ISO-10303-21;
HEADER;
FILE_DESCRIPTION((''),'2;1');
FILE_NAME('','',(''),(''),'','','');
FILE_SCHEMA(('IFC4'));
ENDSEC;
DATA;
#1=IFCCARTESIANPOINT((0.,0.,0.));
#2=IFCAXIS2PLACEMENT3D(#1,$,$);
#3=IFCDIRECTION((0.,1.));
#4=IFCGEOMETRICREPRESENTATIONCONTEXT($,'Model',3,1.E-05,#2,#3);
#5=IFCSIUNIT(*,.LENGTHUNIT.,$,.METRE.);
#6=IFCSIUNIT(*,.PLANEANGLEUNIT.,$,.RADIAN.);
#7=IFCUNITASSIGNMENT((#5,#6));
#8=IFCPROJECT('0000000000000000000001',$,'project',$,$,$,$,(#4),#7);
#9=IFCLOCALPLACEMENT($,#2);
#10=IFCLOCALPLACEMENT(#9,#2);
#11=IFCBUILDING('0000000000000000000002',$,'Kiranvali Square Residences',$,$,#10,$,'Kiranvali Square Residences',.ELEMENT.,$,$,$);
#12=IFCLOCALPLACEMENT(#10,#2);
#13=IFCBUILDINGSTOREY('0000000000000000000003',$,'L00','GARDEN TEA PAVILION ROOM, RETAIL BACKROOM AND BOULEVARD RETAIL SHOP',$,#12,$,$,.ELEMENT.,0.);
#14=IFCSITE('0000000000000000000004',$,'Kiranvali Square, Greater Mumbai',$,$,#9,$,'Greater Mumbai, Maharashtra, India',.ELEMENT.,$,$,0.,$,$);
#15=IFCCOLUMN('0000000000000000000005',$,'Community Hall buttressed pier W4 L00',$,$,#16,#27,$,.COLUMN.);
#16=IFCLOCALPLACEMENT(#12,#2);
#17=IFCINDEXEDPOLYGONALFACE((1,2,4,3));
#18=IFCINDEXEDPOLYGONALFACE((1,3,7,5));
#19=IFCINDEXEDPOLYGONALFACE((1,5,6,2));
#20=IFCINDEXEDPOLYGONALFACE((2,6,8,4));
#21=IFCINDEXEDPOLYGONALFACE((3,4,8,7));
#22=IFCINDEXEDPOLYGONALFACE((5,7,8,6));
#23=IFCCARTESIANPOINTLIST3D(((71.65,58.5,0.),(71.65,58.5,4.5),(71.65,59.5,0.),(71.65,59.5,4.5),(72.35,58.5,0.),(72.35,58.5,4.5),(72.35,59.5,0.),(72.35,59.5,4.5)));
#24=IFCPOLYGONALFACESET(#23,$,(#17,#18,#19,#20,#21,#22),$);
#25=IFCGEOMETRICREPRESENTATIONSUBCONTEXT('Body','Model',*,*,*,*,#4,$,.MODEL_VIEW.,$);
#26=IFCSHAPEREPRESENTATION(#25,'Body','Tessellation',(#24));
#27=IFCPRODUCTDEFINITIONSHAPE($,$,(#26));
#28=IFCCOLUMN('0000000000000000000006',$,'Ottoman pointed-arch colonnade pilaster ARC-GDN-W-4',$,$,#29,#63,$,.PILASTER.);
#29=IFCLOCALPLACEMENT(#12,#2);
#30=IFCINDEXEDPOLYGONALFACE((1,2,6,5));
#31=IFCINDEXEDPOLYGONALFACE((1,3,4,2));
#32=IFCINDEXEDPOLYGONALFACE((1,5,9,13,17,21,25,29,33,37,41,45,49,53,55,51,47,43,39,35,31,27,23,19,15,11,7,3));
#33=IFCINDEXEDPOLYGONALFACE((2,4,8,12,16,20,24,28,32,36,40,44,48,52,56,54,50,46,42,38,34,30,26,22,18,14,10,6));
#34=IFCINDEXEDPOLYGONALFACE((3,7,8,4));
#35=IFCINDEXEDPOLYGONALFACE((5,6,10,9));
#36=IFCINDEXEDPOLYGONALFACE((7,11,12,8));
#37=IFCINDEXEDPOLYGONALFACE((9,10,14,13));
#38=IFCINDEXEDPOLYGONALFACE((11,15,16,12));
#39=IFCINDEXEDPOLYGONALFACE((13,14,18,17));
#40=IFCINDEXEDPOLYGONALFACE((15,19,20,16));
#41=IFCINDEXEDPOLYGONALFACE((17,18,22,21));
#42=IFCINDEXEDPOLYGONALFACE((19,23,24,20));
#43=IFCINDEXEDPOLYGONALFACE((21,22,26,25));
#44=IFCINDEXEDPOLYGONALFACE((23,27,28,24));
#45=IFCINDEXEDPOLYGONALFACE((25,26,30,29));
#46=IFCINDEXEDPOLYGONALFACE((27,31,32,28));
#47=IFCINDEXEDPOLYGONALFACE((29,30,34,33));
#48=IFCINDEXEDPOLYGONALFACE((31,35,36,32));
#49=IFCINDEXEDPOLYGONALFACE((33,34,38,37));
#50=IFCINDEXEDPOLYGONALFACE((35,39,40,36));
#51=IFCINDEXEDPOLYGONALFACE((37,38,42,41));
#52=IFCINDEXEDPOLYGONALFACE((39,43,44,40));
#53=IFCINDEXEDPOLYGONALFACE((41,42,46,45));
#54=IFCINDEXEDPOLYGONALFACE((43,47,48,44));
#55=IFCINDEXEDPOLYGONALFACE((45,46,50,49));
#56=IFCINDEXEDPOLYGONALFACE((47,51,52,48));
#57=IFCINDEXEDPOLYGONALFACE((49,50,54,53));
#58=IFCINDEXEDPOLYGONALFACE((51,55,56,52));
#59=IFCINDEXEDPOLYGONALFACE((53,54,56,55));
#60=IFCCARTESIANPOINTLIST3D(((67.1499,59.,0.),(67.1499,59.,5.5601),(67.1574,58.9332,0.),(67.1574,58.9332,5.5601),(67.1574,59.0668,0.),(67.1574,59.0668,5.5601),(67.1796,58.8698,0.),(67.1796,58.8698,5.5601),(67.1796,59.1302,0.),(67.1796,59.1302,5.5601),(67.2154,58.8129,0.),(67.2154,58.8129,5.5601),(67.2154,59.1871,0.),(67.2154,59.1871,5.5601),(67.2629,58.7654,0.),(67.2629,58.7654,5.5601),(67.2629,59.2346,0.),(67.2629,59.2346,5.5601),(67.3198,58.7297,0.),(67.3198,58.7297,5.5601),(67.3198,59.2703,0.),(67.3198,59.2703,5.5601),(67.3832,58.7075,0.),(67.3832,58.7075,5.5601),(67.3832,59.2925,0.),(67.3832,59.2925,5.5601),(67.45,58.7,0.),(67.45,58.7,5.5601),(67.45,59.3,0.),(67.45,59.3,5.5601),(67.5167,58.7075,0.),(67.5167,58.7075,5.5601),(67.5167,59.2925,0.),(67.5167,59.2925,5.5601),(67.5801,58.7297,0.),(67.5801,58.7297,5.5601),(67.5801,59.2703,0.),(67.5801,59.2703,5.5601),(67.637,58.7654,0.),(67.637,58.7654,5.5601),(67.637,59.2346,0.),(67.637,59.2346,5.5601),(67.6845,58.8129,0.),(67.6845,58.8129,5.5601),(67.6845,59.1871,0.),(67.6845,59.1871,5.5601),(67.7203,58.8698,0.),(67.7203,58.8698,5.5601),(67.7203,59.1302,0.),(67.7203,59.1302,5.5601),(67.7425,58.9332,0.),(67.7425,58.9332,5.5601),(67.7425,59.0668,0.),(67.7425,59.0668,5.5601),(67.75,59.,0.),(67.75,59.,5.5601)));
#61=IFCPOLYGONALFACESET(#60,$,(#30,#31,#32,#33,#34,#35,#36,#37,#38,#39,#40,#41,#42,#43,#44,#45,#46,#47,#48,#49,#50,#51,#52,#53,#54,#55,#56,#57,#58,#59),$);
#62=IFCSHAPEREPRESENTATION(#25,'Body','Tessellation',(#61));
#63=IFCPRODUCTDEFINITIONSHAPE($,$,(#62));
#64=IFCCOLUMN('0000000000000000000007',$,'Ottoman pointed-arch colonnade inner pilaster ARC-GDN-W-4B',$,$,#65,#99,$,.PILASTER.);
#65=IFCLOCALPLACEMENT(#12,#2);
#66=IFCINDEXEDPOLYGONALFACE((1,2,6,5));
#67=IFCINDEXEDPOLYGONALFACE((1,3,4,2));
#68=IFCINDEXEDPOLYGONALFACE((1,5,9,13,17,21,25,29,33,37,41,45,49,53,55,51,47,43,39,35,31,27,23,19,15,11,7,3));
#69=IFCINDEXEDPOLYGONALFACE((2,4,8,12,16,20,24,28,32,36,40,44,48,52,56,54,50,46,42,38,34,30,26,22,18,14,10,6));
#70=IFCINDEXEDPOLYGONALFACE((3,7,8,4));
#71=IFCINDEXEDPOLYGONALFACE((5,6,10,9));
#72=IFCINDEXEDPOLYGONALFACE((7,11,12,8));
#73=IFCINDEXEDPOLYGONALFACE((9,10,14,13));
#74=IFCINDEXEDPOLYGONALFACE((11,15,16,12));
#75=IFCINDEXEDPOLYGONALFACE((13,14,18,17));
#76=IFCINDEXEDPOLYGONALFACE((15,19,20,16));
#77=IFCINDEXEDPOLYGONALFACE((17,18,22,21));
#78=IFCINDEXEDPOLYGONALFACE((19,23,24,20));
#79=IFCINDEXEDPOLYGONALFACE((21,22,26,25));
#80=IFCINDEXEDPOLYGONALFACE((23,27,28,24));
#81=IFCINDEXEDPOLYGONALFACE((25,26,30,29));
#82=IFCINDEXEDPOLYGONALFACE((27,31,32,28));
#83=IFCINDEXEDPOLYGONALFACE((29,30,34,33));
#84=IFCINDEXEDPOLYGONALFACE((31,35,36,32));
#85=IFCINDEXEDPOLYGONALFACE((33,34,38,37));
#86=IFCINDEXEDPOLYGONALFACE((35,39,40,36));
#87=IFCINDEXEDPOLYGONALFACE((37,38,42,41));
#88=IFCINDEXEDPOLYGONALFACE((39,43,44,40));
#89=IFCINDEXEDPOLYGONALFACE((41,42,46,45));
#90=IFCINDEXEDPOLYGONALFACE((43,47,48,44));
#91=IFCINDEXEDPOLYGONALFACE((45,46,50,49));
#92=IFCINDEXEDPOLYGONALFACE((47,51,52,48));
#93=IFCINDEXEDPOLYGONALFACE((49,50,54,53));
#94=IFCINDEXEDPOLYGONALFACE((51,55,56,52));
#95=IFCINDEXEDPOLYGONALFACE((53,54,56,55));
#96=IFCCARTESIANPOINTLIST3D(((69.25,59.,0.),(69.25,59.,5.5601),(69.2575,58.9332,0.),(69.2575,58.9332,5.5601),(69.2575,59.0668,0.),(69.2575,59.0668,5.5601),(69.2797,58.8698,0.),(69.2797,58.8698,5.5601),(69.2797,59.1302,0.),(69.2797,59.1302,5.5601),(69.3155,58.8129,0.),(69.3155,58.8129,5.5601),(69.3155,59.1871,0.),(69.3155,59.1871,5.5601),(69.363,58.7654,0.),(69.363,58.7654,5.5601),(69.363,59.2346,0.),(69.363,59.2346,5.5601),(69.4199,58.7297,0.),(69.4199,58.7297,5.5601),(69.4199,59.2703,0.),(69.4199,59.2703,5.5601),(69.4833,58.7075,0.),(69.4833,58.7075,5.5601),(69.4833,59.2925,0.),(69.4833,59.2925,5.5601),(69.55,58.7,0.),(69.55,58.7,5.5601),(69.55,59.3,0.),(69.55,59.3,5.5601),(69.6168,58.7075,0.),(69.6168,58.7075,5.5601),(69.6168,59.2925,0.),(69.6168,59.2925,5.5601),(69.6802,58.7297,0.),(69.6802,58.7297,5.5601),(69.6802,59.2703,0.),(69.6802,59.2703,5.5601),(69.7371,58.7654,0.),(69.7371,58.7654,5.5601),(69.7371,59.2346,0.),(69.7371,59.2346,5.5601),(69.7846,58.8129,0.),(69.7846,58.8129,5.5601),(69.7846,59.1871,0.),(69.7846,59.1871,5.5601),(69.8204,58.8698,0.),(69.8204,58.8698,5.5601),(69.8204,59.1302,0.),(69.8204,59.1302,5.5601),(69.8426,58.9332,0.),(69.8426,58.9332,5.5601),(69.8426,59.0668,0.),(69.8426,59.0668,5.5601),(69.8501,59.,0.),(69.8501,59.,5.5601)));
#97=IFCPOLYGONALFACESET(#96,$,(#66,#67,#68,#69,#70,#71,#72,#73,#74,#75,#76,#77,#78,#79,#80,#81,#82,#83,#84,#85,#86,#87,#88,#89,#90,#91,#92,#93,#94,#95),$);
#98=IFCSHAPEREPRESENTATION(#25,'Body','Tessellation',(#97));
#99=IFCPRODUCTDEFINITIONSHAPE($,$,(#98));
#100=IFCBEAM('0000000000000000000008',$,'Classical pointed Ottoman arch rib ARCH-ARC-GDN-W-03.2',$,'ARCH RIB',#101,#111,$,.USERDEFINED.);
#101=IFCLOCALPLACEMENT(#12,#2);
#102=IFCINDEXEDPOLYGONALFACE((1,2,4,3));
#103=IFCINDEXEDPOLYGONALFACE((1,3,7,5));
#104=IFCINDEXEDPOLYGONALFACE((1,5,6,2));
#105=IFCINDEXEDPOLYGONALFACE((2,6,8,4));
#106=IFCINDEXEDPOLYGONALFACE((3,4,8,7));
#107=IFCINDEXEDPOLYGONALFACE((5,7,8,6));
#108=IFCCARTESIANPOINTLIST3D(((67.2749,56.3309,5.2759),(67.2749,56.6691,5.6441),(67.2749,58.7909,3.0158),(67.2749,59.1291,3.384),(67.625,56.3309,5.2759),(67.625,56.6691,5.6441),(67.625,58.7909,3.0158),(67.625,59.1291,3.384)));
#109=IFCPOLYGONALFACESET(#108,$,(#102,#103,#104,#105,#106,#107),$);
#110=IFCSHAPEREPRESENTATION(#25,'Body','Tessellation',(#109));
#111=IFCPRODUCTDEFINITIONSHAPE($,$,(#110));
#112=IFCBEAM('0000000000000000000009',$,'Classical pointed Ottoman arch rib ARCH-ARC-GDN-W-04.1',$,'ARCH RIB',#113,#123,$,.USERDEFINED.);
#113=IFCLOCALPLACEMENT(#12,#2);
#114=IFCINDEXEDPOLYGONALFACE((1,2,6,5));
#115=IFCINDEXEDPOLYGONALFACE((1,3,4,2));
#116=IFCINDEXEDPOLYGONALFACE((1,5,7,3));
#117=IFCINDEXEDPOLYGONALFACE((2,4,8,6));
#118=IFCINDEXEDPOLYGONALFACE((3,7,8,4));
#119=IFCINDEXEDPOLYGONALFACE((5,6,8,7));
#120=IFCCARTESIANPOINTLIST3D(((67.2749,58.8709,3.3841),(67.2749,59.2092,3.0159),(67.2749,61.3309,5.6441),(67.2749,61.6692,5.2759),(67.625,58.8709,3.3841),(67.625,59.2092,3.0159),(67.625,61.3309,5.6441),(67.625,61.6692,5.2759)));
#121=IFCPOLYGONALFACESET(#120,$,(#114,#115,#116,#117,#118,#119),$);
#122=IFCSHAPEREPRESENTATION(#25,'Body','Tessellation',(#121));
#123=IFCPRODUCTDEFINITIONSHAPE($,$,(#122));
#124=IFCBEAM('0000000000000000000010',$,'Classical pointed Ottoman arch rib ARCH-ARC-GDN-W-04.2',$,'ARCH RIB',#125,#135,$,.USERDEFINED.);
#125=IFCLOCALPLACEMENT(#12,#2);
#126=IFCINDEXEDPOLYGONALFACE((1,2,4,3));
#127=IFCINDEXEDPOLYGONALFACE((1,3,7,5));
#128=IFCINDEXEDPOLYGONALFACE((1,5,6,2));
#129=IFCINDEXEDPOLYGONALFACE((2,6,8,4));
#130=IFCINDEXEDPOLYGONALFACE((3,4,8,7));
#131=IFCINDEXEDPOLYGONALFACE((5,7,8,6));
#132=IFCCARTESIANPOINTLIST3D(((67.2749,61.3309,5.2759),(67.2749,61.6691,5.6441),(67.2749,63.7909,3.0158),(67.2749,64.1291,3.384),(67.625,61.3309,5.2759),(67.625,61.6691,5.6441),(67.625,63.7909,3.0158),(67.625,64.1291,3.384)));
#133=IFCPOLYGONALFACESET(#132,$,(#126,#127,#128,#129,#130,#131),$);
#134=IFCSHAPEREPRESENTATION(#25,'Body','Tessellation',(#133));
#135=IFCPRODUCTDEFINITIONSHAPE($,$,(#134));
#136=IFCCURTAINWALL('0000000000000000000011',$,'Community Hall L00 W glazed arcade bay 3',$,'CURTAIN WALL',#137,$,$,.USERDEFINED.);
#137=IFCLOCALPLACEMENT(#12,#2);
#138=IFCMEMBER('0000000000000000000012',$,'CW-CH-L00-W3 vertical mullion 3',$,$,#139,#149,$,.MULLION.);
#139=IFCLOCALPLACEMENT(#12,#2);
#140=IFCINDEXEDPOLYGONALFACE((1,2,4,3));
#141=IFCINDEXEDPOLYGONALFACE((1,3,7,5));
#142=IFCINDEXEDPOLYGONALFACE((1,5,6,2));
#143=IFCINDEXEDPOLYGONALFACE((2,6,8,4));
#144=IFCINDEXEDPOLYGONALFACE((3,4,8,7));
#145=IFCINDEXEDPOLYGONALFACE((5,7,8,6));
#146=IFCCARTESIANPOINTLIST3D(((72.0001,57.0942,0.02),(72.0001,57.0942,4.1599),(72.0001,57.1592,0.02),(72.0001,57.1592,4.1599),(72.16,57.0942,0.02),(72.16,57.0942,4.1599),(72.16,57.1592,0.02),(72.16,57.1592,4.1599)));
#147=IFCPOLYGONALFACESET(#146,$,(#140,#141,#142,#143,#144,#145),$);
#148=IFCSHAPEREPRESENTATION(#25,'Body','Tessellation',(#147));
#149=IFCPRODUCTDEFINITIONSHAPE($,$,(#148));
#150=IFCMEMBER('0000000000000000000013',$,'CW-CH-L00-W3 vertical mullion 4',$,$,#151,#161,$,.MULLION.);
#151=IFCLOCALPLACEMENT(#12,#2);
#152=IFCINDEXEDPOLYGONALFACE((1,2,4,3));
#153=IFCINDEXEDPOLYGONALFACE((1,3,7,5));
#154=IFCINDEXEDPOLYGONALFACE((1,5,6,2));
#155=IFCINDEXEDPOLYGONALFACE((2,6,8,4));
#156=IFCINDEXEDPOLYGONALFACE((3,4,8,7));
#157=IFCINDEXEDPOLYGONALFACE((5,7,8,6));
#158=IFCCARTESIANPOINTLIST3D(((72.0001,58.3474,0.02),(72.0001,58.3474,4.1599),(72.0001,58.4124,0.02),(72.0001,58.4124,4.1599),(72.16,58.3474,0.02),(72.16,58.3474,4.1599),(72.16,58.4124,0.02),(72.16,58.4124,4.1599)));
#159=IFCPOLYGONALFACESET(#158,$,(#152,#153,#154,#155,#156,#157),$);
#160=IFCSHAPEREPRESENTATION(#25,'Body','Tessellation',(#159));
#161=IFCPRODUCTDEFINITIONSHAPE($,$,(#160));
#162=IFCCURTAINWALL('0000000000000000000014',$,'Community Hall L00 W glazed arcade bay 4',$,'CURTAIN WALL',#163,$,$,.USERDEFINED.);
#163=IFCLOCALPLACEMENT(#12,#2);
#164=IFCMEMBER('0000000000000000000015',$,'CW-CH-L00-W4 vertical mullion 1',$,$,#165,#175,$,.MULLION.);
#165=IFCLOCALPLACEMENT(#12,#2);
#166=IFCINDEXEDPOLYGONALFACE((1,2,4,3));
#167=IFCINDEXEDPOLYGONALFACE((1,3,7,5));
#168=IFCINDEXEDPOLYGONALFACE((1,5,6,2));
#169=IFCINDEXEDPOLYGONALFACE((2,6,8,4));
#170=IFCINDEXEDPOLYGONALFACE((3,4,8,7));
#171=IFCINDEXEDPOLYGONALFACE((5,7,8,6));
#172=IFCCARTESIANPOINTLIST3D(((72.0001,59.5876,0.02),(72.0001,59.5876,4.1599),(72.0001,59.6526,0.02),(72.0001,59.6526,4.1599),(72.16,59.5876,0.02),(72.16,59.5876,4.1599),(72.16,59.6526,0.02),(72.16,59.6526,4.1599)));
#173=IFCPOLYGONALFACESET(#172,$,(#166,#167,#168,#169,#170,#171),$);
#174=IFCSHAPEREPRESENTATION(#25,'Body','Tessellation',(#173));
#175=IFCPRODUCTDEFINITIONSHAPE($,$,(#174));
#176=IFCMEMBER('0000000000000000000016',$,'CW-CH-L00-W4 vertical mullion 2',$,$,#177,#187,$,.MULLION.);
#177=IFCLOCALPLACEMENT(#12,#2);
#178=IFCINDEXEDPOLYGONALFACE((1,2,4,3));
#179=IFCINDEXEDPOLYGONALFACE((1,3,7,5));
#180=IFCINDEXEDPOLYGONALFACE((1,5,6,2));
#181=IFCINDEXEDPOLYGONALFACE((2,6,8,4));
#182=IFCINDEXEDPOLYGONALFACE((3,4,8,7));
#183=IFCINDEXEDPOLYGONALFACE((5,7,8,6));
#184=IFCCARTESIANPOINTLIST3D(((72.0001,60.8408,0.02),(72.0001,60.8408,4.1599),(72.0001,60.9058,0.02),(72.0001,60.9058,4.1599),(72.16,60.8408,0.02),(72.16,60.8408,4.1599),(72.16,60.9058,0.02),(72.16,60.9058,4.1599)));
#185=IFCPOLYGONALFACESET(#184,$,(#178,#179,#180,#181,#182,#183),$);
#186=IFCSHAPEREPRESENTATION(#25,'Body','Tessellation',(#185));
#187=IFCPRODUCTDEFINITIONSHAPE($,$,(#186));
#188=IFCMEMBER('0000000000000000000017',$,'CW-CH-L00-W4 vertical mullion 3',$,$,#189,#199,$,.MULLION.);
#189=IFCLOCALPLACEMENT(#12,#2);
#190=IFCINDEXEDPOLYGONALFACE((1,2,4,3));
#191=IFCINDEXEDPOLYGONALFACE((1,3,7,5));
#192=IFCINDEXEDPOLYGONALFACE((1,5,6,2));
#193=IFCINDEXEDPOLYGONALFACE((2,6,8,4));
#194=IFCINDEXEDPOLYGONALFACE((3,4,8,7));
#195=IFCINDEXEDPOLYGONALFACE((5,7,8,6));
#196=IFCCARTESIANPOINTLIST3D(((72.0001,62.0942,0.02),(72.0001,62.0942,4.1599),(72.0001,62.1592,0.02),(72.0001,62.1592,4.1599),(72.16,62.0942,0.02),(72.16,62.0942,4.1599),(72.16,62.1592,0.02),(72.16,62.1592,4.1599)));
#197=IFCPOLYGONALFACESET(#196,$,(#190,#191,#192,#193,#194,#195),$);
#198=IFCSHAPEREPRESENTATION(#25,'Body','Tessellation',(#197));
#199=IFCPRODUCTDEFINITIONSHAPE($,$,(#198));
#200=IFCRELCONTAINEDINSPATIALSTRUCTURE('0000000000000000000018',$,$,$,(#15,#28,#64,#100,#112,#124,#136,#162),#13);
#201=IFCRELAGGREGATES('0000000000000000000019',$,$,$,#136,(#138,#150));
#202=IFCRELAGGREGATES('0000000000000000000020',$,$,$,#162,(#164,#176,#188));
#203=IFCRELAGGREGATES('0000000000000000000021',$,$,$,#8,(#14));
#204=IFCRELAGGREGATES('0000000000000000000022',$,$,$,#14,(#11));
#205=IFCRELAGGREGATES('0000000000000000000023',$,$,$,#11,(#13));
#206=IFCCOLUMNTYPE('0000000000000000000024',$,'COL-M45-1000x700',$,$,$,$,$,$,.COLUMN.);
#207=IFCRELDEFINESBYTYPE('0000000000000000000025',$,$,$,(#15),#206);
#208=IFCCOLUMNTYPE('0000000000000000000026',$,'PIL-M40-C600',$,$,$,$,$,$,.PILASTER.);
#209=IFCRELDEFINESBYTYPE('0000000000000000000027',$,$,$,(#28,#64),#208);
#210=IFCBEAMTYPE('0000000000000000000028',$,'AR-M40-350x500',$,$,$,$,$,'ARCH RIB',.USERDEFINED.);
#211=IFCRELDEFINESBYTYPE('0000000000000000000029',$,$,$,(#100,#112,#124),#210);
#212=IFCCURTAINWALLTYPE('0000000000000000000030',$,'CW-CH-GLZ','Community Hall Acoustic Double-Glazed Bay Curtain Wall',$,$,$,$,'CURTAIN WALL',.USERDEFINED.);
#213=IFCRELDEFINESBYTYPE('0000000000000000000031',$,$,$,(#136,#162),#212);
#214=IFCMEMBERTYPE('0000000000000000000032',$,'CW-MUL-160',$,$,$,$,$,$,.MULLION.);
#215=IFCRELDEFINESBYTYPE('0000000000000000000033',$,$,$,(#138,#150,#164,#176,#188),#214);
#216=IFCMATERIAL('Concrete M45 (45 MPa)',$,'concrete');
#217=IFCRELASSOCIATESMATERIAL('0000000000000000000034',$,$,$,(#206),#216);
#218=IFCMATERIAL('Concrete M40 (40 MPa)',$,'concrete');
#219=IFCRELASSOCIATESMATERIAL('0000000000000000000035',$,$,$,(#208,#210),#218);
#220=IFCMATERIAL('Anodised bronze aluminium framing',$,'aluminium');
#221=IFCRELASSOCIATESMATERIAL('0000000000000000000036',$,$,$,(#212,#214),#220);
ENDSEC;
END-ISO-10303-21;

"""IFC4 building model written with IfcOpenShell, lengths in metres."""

from ifc_helpers import new_model, si_unit, direction, frame, origin, origin_2d, place, context, subcontext, project, spatial, rectangle, circle, extrude, material, material_profile, profile_set, type_object, element, aggregate, save


model = new_model("IFC4")

# Units and contexts
model_context = context("Model", 3, precision=1e-05, world=origin(), true_north=direction((0.0, 1.0)))
body_context = subcontext(model_context, "Body", "Model", "MODEL_VIEW")
ifc_project = project(units=[si_unit("LENGTHUNIT", "METRE"), si_unit("PLANEANGLEUNIT", "RADIAN")], contexts=[model_context])

# Site, building, storey
site_placement = place(None, origin())
site = spatial("IfcSite", under=ifc_project, at=site_placement, Name="Kiranvali Square, Greater Mumbai", LongName="Greater Mumbai, Maharashtra, India", CompositionType="ELEMENT", RefElevation=0.0)
building_placement = place(site_placement, origin())
building = spatial("IfcBuilding", under=site, at=building_placement, Name="Kiranvali Square Residences", LongName="Kiranvali Square Residences", CompositionType="ELEMENT")
storey_placement = place(building_placement, origin())
storey = spatial("IfcBuildingStorey", under=building, at=storey_placement, Name="L00", Description="GARDEN TEA PAVILION ROOM, RETAIL BACKROOM AND BOULEVARD RETAIL SHOP", CompositionType="ELEMENT", Elevation=0.0)

# Columns
ifc_material_1 = material(Name="Concrete M45 (45 MPa)", Category="concrete")
ifc_material_profile_1 = material_profile(ifc_material_1, rectangle(XDim=0.7, YDim=1.0, at=origin_2d()), Name="RC 1000x700")
ifc_profile_set_1 = profile_set([ifc_material_profile_1], Name="Concrete M45 (45 MPa)")
column_type_1 = type_object("IfcColumnType", Name="COL-M45-1000x700", PredefinedType="COLUMN", material=ifc_profile_set_1)
column_placement = place(storey_placement, frame((72.0, 59.0, 0.0), z_axis=(0.0, 0.0, 1.0), x_axis=(1.0, 0.0, 0.0)))
element("IfcColumn", 1, at=column_placement, inside=storey, type_object=column_type_1, Name="Community Hall buttressed pier W4 L00", PredefinedType="COLUMN", context=body_context, shape_type="SweptSolid", body=[
    extrude(rectangle(XDim=0.7, YDim=1.0, at=origin_2d()), origin(), (0.0, 0.0, 1.0), 4.5),
])
ifc_material_2 = material(Name="Concrete M40 (40 MPa)", Category="concrete")
ifc_material_profile_2 = material_profile(ifc_material_2, circle(Radius=0.3, at=origin_2d()), Name="RC-CIRC 600")
ifc_profile_set_2 = profile_set([ifc_material_profile_2], Name="Concrete M40 (40 MPa)")
column_type_2 = type_object("IfcColumnType", Name="PIL-M40-C600", PredefinedType="PILASTER", material=ifc_profile_set_2)
for number, where, z_axis, x_axis, name in (
    (2, (67.45, 59.0, 0.0), (0.0, 0.0, 1.0), (1.0, 0.0, 0.0), "Ottoman pointed-arch colonnade pilaster ARC-GDN-W-4"),
    (3, (69.55, 59.0, 0.0), (0.0, 0.0, 1.0), (1.0, 0.0, 0.0), "Ottoman pointed-arch colonnade inner pilaster ARC-GDN-W-4B"),
):
    element("IfcColumn", number, at=place(storey_placement, frame(where, z_axis=z_axis, x_axis=x_axis)), inside=storey, type_object=column_type_2, Name=name, PredefinedType="PILASTER", context=body_context, shape_type="SweptSolid", body=[
        extrude(circle(Radius=0.3, at=origin_2d()), origin(), (0.0, 0.0, 1.0), 5.5601),
    ])

# Beams
ifc_material_profile_3 = material_profile(ifc_material_2, rectangle(XDim=0.3501, YDim=0.5, at=origin_2d()), Name="RC 350x500")
ifc_profile_set_3 = profile_set([ifc_material_profile_3], Name="Concrete M40 (40 MPa)")
beam_type_1 = type_object("IfcBeamType", Name="AR-M40-350x500", ElementType="ARCH RIB", PredefinedType="USERDEFINED", material=ifc_profile_set_3)
for number, where, z_axis, x_axis, name in (
    (4, (67.45, 56.5, 5.46), (0.0, 0.736401, -0.676545), (-1.0, 0.0, 0.0), "Classical pointed Ottoman arch rib ARCH-ARC-GDN-W-03.2"),
    (5, (67.45, 59.04, 3.2), (0.0, 0.736401, 0.676545), (-1.0, 0.0, 0.0), "Classical pointed Ottoman arch rib ARCH-ARC-GDN-W-04.1"),
    (6, (67.45, 61.5, 5.46), (0.0, 0.736401, -0.676545), (-1.0, 0.0, 0.0), "Classical pointed Ottoman arch rib ARCH-ARC-GDN-W-04.2"),
):
    element("IfcBeam", number, at=place(storey_placement, frame(where, z_axis=z_axis, x_axis=x_axis)), inside=storey, type_object=beam_type_1, Name=name, ObjectType="ARCH RIB", PredefinedType="USERDEFINED", context=body_context, shape_type="SweptSolid", body=[
        extrude(rectangle(XDim=0.3501, YDim=0.5, at=origin_2d()), origin(), (0.0, 0.0, 1.0), 3.3406),
    ])

# Curtain walls, members
ifc_material_3 = material(Name="Anodised bronze aluminium framing", Category="aluminium")
curtain_wall_type = type_object("IfcCurtainWallType", Name="CW-CH-GLZ", Description="Community Hall Acoustic Double-Glazed Bay Curtain Wall", ElementType="CURTAIN WALL", PredefinedType="USERDEFINED", material=ifc_material_3)
curtain_wall_1_placement = place(storey_placement, origin())
curtain_wall_1 = element("IfcCurtainWall", 7, at=curtain_wall_1_placement, inside=storey, type_object=curtain_wall_type, Name="Community Hall L00 W glazed arcade bay 3", ObjectType="CURTAIN WALL", PredefinedType="USERDEFINED")
ifc_material_profile_4 = material_profile(ifc_material_3, rectangle(XDim=0.0649, YDim=0.1599, at=origin_2d()), Name="ALU 65x160")
ifc_profile_set_4 = profile_set([ifc_material_profile_4], Name="Anodised bronze aluminium framing")
member_type_1 = type_object("IfcMemberType", Name="CW-MUL-160", PredefinedType="MULLION", material=ifc_profile_set_4)
member_1_placement = place(storey_placement, frame((72.0801, 57.1267, 0.02), z_axis=(0.0, 0.0, 1.0), x_axis=(0.0, 1.0, 0.0)))
member_1 = element("IfcMember", 8, at=member_1_placement, type_object=member_type_1, Name="CW-CH-L00-W3 vertical mullion 3", PredefinedType="MULLION", context=body_context, shape_type="SweptSolid", body=[
    extrude(rectangle(XDim=0.0649, YDim=0.1599, at=origin_2d()), origin(), (0.0, 0.0, 1.0), 4.1399),
])
member_2_placement = place(storey_placement, frame((72.0801, 58.3799, 0.02), z_axis=(0.0, 0.0, 1.0), x_axis=(0.0, 1.0, 0.0)))
member_2 = element("IfcMember", 9, at=member_2_placement, type_object=member_type_1, Name="CW-CH-L00-W3 vertical mullion 4", PredefinedType="MULLION", context=body_context, shape_type="SweptSolid", body=[
    extrude(rectangle(XDim=0.0649, YDim=0.1599, at=origin_2d()), origin(), (0.0, 0.0, 1.0), 4.1399),
])
curtain_wall_2_placement = place(storey_placement, origin())
curtain_wall_2 = element("IfcCurtainWall", 10, at=curtain_wall_2_placement, inside=storey, type_object=curtain_wall_type, Name="Community Hall L00 W glazed arcade bay 4", ObjectType="CURTAIN WALL", PredefinedType="USERDEFINED")
member_3_placement = place(storey_placement, frame((72.0801, 59.6201, 0.02), z_axis=(0.0, 0.0, 1.0), x_axis=(0.0, 1.0, 0.0)))
member_3 = element("IfcMember", 11, at=member_3_placement, type_object=member_type_1, Name="CW-CH-L00-W4 vertical mullion 1", PredefinedType="MULLION", context=body_context, shape_type="SweptSolid", body=[
    extrude(rectangle(XDim=0.0649, YDim=0.1599, at=origin_2d()), origin(), (0.0, 0.0, 1.0), 4.1399),
])
member_4_placement = place(storey_placement, frame((72.0801, 60.8733, 0.02), z_axis=(0.0, 0.0, 1.0), x_axis=(0.0, 1.0, 0.0)))
member_4 = element("IfcMember", 12, at=member_4_placement, type_object=member_type_1, Name="CW-CH-L00-W4 vertical mullion 2", PredefinedType="MULLION", context=body_context, shape_type="SweptSolid", body=[
    extrude(rectangle(XDim=0.0649, YDim=0.1599, at=origin_2d()), origin(), (0.0, 0.0, 1.0), 4.1399),
])
member_5_placement = place(storey_placement, frame((72.0801, 62.1267, 0.02), z_axis=(0.0, 0.0, 1.0), x_axis=(0.0, 1.0, 0.0)))
member_5 = element("IfcMember", 13, at=member_5_placement, type_object=member_type_1, Name="CW-CH-L00-W4 vertical mullion 3", PredefinedType="MULLION", context=body_context, shape_type="SweptSolid", body=[
    extrude(rectangle(XDim=0.0649, YDim=0.1599, at=origin_2d()), origin(), (0.0, 0.0, 1.0), 4.1399),
])

aggregate(curtain_wall_1, [member_1, member_2])
aggregate(curtain_wall_2, [member_3, member_4, member_5])

save(model, "model.ifc")
